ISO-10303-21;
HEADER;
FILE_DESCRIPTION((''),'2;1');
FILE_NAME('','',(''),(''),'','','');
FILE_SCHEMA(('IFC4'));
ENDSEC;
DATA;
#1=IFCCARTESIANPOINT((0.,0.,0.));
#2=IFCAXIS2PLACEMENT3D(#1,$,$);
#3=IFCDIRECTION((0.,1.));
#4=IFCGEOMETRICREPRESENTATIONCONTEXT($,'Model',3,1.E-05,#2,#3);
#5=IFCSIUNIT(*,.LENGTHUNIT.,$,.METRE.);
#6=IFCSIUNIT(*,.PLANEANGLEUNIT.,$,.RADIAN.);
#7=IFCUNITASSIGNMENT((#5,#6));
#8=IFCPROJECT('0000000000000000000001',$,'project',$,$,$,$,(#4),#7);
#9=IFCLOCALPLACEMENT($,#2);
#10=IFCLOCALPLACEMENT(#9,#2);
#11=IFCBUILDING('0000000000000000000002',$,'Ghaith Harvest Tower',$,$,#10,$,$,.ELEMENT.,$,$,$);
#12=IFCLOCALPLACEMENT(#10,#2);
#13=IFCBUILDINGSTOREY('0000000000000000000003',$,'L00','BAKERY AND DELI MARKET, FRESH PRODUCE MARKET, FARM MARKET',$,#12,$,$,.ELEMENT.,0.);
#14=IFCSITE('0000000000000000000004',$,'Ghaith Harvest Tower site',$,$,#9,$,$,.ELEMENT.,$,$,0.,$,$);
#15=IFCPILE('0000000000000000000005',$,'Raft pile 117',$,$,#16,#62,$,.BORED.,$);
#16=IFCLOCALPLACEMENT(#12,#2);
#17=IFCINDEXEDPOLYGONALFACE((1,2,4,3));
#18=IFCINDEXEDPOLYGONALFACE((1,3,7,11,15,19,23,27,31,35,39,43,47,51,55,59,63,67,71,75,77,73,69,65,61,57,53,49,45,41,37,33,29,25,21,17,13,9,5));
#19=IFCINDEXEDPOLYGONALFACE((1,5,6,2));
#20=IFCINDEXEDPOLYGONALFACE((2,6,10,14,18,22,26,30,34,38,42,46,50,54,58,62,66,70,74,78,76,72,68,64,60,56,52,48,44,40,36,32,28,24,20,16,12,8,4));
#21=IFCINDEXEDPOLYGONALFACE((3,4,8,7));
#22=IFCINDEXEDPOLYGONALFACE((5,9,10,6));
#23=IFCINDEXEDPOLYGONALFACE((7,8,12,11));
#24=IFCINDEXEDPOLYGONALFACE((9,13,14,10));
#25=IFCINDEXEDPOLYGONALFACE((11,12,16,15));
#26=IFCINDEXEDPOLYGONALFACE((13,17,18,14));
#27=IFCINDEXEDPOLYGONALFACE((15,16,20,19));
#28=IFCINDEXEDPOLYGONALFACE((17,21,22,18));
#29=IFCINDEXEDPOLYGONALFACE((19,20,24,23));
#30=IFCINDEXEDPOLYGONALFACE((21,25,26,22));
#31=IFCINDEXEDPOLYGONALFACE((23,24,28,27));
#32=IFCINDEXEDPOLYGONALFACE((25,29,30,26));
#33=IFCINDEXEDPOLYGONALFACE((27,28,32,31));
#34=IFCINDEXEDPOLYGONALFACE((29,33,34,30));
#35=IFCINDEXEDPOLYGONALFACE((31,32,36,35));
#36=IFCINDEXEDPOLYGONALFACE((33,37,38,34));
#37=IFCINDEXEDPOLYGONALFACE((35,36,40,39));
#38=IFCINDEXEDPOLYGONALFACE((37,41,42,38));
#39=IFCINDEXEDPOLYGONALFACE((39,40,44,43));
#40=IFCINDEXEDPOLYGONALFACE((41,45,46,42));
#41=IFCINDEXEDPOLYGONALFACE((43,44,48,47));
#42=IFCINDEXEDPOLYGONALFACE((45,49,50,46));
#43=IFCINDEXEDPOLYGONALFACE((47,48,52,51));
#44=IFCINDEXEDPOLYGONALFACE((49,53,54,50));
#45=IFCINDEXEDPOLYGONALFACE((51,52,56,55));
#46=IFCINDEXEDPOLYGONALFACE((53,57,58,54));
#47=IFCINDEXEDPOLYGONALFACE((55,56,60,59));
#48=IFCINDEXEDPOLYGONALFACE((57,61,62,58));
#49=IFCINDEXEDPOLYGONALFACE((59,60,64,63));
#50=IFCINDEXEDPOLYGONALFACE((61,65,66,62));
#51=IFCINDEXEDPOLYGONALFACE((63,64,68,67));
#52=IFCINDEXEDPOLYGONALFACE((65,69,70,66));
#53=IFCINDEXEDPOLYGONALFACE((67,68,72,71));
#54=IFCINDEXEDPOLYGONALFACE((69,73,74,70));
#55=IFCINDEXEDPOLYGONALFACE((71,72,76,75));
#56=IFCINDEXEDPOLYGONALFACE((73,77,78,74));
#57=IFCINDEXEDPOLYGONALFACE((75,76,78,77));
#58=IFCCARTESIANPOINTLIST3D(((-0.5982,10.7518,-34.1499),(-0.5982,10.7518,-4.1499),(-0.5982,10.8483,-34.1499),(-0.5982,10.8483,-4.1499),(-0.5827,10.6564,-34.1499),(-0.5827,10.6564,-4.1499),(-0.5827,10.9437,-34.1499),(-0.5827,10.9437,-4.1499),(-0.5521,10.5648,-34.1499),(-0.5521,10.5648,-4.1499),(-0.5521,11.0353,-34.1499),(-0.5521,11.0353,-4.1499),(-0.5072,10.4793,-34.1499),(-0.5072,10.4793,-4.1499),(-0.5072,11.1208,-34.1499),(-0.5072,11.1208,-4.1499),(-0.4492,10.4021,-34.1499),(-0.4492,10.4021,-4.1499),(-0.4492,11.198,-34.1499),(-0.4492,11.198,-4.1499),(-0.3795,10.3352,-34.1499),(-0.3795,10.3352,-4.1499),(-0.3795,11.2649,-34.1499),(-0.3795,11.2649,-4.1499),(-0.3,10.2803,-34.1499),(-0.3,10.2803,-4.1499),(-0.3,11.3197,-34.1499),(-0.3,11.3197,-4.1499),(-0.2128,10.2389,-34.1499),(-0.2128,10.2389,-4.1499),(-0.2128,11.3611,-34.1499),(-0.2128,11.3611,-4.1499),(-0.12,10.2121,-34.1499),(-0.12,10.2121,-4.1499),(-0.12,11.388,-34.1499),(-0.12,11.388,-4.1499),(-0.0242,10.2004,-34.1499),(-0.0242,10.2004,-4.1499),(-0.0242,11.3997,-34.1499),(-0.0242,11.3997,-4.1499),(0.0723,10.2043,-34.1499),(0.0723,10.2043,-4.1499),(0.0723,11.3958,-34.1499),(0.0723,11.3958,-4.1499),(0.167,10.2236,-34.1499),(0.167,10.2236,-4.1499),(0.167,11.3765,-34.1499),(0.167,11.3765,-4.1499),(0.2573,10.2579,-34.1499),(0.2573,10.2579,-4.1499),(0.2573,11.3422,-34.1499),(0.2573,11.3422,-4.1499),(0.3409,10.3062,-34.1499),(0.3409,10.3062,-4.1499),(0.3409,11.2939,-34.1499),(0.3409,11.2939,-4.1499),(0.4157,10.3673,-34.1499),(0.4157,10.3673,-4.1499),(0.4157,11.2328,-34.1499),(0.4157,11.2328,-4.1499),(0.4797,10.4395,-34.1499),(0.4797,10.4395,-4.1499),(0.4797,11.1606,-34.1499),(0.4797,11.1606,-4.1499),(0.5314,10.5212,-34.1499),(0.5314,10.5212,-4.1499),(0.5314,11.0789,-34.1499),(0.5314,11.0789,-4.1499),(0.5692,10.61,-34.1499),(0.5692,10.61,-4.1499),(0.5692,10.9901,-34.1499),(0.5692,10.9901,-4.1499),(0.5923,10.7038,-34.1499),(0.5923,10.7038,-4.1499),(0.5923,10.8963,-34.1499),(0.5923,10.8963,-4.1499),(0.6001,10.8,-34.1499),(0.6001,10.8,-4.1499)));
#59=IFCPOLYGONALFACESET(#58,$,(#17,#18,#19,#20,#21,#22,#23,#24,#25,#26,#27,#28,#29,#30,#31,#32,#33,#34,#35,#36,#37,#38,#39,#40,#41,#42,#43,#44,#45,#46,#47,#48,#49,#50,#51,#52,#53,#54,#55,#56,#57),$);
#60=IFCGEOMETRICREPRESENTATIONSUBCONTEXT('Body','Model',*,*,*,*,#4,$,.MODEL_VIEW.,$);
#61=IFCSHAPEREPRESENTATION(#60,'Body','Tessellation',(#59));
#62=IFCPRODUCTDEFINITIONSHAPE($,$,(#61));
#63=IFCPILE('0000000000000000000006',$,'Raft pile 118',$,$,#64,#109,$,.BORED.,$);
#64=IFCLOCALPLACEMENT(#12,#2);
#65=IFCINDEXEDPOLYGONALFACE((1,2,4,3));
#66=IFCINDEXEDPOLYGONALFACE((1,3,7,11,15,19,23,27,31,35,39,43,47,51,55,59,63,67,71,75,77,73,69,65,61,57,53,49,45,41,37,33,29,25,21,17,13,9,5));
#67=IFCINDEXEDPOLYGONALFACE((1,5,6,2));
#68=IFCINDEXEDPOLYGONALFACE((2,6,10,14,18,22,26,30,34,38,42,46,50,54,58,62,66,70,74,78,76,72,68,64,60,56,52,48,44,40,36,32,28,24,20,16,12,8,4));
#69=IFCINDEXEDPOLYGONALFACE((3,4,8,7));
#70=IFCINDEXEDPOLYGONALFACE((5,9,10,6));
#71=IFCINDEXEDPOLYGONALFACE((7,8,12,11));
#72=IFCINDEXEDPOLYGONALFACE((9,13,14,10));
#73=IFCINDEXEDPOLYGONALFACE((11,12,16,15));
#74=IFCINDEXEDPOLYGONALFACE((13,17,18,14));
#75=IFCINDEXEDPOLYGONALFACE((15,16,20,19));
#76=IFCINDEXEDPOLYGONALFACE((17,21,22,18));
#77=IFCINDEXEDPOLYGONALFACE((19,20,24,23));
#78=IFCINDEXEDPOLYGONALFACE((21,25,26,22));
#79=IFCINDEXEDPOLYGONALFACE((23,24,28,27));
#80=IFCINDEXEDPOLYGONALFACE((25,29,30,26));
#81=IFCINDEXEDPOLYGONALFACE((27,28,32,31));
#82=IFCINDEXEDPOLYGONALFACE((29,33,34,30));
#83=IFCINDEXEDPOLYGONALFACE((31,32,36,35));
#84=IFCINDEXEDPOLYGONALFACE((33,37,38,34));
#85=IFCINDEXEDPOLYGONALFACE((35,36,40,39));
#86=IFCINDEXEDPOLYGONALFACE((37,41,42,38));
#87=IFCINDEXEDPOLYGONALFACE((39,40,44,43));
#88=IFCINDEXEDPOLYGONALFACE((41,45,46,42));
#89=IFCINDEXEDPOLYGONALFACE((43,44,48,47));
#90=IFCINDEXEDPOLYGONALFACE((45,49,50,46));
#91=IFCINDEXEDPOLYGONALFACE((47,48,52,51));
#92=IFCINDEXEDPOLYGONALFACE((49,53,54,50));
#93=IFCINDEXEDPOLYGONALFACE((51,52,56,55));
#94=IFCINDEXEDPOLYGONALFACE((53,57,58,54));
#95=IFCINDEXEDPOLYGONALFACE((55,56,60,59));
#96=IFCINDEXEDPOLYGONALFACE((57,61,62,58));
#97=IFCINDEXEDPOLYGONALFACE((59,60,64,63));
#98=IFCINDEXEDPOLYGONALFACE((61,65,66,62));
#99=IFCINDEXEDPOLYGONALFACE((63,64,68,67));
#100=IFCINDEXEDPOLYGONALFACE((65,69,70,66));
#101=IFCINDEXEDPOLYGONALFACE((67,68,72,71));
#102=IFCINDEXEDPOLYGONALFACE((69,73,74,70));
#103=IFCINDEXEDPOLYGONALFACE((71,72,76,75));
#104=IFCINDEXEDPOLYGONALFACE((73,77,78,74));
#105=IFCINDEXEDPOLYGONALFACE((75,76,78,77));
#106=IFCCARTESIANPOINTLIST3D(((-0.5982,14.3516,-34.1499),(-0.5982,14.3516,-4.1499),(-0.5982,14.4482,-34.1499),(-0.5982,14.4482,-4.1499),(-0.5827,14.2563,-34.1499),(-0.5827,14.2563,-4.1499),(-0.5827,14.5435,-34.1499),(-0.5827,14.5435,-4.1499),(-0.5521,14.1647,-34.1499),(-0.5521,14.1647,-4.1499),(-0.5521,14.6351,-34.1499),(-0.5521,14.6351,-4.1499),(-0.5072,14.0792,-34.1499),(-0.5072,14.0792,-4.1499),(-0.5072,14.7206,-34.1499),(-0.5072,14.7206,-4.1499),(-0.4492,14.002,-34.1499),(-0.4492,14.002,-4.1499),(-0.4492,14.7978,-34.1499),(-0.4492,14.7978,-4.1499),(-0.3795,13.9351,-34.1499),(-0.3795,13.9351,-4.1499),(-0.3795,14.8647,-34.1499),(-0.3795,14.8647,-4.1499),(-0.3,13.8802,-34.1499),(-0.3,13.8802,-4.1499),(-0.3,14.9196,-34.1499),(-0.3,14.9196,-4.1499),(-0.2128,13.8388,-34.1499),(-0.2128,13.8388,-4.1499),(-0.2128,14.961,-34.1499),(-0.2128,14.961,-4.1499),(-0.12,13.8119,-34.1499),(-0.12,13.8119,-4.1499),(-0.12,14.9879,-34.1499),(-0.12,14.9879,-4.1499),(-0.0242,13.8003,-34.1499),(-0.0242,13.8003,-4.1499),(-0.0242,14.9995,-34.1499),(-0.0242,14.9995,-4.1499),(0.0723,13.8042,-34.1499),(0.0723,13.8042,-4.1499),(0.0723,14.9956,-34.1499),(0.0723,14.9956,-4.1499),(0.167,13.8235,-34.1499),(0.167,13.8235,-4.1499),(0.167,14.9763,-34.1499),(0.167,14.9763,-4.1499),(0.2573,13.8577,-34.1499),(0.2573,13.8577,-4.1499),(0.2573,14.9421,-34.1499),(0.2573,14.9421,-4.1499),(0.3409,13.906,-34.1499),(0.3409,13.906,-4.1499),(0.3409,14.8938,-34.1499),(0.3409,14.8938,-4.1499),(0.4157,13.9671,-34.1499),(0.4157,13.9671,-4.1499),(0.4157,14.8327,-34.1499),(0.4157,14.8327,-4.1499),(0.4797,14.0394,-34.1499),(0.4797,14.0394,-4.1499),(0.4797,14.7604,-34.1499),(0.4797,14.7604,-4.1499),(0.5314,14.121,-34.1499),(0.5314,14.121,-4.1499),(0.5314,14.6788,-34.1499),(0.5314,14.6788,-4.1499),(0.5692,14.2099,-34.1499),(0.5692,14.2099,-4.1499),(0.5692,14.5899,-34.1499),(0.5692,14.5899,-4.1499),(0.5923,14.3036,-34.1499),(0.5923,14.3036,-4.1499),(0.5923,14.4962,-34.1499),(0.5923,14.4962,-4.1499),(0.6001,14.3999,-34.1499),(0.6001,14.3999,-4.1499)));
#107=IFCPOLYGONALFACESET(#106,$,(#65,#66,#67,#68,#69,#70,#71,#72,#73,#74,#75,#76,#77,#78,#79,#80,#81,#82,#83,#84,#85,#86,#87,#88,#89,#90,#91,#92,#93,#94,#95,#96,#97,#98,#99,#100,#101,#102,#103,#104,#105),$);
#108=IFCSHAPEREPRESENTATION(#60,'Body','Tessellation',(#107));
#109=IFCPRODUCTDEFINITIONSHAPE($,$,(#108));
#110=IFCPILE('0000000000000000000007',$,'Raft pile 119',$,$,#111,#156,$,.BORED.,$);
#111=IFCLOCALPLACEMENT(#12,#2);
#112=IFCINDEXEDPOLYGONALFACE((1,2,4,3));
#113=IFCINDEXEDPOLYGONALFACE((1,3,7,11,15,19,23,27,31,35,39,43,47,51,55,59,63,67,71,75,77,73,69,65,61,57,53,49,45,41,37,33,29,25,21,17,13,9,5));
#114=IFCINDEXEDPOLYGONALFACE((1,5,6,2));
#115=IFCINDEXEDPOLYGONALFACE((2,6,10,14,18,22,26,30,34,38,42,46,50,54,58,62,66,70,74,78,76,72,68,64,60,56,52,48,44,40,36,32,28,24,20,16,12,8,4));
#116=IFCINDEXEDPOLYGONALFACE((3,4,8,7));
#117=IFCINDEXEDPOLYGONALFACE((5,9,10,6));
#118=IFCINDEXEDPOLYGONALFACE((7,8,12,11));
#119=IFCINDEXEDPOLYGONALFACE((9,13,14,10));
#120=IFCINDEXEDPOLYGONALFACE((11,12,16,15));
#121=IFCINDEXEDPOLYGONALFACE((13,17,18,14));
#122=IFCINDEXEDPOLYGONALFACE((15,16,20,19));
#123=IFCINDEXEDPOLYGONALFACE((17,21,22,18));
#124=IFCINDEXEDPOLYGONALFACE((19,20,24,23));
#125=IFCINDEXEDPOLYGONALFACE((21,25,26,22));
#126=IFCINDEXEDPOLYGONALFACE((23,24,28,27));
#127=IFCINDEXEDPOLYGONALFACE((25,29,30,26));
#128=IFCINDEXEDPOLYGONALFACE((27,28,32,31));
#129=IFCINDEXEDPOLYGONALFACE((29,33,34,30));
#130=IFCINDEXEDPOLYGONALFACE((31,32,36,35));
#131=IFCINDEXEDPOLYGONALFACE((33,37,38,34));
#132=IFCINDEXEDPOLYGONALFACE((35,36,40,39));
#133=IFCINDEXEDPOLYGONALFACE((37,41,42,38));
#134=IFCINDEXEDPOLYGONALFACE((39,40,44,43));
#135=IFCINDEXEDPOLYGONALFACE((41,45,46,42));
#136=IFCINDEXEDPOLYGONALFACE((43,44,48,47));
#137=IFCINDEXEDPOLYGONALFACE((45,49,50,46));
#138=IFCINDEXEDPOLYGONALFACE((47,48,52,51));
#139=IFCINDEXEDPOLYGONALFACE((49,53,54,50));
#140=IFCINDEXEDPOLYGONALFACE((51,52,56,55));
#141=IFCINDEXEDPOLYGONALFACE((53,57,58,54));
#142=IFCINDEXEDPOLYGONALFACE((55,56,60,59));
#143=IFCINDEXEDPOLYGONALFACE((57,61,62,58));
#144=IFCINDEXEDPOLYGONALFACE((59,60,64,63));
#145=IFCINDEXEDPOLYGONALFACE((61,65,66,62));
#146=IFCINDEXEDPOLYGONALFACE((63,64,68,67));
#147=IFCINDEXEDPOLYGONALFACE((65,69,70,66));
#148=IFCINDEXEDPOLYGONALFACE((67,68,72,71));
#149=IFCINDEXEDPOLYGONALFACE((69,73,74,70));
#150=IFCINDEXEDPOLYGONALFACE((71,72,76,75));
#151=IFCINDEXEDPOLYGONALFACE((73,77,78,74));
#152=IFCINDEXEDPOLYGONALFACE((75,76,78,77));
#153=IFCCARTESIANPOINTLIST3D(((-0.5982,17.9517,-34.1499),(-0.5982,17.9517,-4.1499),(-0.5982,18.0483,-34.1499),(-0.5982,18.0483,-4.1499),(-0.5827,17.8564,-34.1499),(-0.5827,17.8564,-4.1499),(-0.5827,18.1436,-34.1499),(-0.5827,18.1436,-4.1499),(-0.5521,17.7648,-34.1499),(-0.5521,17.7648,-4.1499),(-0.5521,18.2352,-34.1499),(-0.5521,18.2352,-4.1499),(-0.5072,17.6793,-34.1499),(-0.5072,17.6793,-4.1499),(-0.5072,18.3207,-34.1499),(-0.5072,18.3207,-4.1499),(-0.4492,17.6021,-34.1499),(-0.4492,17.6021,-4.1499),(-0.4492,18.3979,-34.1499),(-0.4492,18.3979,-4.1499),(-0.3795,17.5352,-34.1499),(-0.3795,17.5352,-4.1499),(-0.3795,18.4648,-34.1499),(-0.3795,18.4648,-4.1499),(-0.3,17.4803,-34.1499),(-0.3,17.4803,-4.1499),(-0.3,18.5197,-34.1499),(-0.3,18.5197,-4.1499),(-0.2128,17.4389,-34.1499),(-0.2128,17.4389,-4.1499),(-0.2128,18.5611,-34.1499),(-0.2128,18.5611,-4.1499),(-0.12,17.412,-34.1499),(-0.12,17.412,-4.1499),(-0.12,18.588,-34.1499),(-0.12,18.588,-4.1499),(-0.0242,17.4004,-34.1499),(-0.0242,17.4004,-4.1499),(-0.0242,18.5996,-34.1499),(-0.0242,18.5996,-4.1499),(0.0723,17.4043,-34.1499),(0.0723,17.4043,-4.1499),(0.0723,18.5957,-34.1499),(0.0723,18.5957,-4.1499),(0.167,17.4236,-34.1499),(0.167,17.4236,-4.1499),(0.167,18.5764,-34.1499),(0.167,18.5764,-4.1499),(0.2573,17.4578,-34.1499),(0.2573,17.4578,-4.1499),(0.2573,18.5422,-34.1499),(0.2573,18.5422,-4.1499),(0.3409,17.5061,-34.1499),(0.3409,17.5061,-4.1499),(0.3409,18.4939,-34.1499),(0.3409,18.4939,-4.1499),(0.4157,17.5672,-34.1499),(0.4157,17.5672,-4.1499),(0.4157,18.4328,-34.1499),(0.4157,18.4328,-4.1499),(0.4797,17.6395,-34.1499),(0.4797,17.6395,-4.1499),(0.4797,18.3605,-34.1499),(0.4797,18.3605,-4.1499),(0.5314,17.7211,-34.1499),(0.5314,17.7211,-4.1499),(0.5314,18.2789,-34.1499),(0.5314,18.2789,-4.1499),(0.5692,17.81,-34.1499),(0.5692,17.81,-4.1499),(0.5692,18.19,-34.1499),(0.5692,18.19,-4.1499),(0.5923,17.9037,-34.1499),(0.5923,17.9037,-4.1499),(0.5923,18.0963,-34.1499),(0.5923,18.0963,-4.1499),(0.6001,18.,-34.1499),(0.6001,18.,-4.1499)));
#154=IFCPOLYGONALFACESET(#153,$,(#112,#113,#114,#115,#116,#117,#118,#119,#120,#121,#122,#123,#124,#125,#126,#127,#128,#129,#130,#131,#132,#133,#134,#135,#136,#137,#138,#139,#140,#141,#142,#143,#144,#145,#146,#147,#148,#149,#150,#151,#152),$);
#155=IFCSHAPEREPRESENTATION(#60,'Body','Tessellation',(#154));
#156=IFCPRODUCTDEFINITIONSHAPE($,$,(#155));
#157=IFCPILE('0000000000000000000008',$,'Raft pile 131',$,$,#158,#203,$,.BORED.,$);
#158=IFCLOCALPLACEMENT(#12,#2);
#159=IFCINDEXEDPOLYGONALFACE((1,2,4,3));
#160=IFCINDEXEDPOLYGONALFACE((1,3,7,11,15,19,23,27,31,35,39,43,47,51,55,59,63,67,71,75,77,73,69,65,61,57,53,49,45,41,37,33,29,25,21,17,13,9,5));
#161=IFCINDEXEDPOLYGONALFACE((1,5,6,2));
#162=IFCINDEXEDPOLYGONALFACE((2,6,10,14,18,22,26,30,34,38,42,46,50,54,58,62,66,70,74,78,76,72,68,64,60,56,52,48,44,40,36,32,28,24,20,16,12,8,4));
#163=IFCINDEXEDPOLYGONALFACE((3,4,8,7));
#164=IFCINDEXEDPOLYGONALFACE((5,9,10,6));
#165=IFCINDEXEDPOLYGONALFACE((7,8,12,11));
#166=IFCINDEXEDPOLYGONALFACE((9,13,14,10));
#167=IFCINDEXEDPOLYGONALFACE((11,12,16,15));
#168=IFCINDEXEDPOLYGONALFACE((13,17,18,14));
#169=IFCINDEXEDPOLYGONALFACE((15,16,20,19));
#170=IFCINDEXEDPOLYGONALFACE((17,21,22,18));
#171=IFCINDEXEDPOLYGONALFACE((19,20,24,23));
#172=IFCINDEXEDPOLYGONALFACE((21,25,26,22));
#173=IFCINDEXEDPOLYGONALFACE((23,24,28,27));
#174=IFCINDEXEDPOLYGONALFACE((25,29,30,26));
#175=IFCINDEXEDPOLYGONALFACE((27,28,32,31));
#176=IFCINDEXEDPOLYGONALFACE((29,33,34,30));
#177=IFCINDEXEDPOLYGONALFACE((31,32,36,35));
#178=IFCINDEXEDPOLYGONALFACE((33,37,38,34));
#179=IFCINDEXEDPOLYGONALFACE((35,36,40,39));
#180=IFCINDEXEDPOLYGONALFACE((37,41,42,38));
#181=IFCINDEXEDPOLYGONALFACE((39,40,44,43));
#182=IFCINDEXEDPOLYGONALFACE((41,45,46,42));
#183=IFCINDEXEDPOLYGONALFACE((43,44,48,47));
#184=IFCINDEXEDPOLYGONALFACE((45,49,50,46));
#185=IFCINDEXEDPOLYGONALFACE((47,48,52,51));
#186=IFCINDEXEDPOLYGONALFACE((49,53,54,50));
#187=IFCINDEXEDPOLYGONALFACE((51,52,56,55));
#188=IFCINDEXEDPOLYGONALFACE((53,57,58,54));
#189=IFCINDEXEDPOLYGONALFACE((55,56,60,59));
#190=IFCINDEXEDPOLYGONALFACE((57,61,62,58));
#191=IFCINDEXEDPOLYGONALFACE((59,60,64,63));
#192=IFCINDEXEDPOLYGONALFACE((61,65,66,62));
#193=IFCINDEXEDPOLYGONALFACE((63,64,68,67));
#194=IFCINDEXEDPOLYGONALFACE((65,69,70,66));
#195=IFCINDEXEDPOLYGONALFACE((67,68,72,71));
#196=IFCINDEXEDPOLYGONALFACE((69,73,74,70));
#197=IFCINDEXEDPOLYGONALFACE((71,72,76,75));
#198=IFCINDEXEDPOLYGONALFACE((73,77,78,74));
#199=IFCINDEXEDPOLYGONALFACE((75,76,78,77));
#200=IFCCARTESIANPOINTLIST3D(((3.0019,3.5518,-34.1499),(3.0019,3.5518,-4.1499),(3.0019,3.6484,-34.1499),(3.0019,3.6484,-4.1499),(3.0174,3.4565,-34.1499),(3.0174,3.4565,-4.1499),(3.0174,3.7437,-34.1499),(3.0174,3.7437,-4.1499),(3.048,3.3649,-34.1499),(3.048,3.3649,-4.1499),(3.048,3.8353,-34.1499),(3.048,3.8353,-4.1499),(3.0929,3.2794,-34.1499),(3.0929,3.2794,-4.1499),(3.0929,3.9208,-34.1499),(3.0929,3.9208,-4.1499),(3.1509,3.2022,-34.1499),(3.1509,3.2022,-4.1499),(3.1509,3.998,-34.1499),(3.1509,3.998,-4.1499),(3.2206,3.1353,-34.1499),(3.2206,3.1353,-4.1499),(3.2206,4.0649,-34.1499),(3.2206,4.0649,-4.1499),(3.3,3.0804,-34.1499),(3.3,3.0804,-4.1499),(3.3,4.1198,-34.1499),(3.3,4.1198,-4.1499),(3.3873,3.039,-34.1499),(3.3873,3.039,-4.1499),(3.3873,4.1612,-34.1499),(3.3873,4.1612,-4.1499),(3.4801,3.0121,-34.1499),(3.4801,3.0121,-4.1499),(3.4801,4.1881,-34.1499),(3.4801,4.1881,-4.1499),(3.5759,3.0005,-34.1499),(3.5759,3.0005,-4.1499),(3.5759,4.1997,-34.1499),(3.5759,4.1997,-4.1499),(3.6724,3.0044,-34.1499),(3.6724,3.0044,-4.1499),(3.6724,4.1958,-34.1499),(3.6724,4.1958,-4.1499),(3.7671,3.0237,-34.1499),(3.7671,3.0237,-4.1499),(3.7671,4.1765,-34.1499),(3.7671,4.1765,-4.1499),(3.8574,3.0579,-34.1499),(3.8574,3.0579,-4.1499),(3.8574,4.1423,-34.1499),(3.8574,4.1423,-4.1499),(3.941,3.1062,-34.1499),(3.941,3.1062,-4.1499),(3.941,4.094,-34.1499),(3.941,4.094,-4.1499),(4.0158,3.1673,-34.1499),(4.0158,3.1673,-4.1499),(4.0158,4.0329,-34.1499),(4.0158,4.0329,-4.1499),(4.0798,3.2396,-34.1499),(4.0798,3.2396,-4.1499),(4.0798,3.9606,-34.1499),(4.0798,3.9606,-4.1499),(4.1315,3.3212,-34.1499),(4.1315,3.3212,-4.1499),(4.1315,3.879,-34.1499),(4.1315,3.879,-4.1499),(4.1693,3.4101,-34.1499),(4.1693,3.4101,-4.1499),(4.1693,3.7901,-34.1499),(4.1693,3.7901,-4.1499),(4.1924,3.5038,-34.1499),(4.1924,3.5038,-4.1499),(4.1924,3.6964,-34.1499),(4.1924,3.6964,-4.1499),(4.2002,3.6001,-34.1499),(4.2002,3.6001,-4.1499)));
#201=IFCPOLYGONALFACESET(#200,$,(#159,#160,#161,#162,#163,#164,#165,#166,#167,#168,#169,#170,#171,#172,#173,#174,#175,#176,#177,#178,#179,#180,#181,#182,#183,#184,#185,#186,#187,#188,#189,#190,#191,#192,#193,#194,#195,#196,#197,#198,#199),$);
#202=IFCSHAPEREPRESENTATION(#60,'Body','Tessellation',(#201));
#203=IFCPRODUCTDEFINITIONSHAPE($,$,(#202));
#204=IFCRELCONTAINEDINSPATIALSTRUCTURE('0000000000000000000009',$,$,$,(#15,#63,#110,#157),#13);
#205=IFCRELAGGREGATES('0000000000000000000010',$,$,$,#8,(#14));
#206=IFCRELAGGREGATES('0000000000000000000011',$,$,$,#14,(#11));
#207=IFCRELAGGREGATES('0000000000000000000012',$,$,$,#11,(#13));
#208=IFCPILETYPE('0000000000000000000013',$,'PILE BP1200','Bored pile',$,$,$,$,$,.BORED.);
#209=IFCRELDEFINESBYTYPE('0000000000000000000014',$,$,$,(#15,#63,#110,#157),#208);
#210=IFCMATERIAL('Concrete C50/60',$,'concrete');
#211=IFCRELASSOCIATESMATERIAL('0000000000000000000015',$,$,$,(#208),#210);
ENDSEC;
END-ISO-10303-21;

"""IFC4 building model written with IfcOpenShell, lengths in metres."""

from ifc_helpers import new_model, si_unit, direction, frame, origin, origin_2d, place, context, subcontext, project, spatial, circle, extrude, material, material_profile, profile_set, type_object, element, save


model = new_model("IFC4")

# Units and contexts
model_context = context("Model", 3, precision=1e-05, world=origin(), true_north=direction((0.0, 1.0)))
body_context = subcontext(model_context, "Body", "Model", "MODEL_VIEW")
ifc_project = project(units=[si_unit("LENGTHUNIT", "METRE"), si_unit("PLANEANGLEUNIT", "RADIAN")], contexts=[model_context])

# Site, building, storey
site_placement = place(None, origin())
site = spatial("IfcSite", under=ifc_project, at=site_placement, Name="Ghaith Harvest Tower site", CompositionType="ELEMENT", RefElevation=0.0)
building_placement = place(site_placement, origin())
building = spatial("IfcBuilding", under=site, at=building_placement, Name="Ghaith Harvest Tower", CompositionType="ELEMENT")
storey_placement = place(building_placement, origin())
storey = spatial("IfcBuildingStorey", under=building, at=storey_placement, Name="L00", Description="BAKERY AND DELI MARKET, FRESH PRODUCE MARKET, FARM MARKET", CompositionType="ELEMENT", Elevation=0.0)

# Piles
ifc_material_1 = material(Name="Concrete C50/60", Category="concrete")
ifc_material_profile = material_profile(ifc_material_1, circle(Radius=0.6001, at=origin_2d()), Name="PILE1200")
ifc_profile_set = profile_set([ifc_material_profile], Name="Concrete C50/60")
pile_type = type_object("IfcPileType", Name="PILE BP1200", Description="Bored pile", PredefinedType="BORED", material=ifc_profile_set)
for number, where, z_axis, x_axis, name in (
    (1, (0.0, 10.8, -4.1499), (0.0, 0.0, -1.0), (1.0, 0.0, 0.0), "Raft pile 117"),
    (2, (0.0, 14.3999, -4.1499), (0.0, 0.0, -1.0), (1.0, 0.0, 0.0), "Raft pile 118"),
    (3, (0.0, 18.0, -4.1499), (0.0, 0.0, -1.0), (1.0, 0.0, 0.0), "Raft pile 119"),
    (4, (3.6001, 3.6001, -4.1499), (0.0, 0.0, -1.0), (1.0, 0.0, 0.0), "Raft pile 131"),
):
    element("IfcPile", number, at=place(storey_placement, frame(where, z_axis=z_axis, x_axis=x_axis)), inside=storey, type_object=pile_type, Name=name, PredefinedType="BORED", context=body_context, shape_type="SweptSolid", body=[
        extrude(circle(Radius=0.6001, at=origin_2d()), origin(), (0.0, 0.0, 1.0), 30.0),
    ])

save(model, "model.ifc")
